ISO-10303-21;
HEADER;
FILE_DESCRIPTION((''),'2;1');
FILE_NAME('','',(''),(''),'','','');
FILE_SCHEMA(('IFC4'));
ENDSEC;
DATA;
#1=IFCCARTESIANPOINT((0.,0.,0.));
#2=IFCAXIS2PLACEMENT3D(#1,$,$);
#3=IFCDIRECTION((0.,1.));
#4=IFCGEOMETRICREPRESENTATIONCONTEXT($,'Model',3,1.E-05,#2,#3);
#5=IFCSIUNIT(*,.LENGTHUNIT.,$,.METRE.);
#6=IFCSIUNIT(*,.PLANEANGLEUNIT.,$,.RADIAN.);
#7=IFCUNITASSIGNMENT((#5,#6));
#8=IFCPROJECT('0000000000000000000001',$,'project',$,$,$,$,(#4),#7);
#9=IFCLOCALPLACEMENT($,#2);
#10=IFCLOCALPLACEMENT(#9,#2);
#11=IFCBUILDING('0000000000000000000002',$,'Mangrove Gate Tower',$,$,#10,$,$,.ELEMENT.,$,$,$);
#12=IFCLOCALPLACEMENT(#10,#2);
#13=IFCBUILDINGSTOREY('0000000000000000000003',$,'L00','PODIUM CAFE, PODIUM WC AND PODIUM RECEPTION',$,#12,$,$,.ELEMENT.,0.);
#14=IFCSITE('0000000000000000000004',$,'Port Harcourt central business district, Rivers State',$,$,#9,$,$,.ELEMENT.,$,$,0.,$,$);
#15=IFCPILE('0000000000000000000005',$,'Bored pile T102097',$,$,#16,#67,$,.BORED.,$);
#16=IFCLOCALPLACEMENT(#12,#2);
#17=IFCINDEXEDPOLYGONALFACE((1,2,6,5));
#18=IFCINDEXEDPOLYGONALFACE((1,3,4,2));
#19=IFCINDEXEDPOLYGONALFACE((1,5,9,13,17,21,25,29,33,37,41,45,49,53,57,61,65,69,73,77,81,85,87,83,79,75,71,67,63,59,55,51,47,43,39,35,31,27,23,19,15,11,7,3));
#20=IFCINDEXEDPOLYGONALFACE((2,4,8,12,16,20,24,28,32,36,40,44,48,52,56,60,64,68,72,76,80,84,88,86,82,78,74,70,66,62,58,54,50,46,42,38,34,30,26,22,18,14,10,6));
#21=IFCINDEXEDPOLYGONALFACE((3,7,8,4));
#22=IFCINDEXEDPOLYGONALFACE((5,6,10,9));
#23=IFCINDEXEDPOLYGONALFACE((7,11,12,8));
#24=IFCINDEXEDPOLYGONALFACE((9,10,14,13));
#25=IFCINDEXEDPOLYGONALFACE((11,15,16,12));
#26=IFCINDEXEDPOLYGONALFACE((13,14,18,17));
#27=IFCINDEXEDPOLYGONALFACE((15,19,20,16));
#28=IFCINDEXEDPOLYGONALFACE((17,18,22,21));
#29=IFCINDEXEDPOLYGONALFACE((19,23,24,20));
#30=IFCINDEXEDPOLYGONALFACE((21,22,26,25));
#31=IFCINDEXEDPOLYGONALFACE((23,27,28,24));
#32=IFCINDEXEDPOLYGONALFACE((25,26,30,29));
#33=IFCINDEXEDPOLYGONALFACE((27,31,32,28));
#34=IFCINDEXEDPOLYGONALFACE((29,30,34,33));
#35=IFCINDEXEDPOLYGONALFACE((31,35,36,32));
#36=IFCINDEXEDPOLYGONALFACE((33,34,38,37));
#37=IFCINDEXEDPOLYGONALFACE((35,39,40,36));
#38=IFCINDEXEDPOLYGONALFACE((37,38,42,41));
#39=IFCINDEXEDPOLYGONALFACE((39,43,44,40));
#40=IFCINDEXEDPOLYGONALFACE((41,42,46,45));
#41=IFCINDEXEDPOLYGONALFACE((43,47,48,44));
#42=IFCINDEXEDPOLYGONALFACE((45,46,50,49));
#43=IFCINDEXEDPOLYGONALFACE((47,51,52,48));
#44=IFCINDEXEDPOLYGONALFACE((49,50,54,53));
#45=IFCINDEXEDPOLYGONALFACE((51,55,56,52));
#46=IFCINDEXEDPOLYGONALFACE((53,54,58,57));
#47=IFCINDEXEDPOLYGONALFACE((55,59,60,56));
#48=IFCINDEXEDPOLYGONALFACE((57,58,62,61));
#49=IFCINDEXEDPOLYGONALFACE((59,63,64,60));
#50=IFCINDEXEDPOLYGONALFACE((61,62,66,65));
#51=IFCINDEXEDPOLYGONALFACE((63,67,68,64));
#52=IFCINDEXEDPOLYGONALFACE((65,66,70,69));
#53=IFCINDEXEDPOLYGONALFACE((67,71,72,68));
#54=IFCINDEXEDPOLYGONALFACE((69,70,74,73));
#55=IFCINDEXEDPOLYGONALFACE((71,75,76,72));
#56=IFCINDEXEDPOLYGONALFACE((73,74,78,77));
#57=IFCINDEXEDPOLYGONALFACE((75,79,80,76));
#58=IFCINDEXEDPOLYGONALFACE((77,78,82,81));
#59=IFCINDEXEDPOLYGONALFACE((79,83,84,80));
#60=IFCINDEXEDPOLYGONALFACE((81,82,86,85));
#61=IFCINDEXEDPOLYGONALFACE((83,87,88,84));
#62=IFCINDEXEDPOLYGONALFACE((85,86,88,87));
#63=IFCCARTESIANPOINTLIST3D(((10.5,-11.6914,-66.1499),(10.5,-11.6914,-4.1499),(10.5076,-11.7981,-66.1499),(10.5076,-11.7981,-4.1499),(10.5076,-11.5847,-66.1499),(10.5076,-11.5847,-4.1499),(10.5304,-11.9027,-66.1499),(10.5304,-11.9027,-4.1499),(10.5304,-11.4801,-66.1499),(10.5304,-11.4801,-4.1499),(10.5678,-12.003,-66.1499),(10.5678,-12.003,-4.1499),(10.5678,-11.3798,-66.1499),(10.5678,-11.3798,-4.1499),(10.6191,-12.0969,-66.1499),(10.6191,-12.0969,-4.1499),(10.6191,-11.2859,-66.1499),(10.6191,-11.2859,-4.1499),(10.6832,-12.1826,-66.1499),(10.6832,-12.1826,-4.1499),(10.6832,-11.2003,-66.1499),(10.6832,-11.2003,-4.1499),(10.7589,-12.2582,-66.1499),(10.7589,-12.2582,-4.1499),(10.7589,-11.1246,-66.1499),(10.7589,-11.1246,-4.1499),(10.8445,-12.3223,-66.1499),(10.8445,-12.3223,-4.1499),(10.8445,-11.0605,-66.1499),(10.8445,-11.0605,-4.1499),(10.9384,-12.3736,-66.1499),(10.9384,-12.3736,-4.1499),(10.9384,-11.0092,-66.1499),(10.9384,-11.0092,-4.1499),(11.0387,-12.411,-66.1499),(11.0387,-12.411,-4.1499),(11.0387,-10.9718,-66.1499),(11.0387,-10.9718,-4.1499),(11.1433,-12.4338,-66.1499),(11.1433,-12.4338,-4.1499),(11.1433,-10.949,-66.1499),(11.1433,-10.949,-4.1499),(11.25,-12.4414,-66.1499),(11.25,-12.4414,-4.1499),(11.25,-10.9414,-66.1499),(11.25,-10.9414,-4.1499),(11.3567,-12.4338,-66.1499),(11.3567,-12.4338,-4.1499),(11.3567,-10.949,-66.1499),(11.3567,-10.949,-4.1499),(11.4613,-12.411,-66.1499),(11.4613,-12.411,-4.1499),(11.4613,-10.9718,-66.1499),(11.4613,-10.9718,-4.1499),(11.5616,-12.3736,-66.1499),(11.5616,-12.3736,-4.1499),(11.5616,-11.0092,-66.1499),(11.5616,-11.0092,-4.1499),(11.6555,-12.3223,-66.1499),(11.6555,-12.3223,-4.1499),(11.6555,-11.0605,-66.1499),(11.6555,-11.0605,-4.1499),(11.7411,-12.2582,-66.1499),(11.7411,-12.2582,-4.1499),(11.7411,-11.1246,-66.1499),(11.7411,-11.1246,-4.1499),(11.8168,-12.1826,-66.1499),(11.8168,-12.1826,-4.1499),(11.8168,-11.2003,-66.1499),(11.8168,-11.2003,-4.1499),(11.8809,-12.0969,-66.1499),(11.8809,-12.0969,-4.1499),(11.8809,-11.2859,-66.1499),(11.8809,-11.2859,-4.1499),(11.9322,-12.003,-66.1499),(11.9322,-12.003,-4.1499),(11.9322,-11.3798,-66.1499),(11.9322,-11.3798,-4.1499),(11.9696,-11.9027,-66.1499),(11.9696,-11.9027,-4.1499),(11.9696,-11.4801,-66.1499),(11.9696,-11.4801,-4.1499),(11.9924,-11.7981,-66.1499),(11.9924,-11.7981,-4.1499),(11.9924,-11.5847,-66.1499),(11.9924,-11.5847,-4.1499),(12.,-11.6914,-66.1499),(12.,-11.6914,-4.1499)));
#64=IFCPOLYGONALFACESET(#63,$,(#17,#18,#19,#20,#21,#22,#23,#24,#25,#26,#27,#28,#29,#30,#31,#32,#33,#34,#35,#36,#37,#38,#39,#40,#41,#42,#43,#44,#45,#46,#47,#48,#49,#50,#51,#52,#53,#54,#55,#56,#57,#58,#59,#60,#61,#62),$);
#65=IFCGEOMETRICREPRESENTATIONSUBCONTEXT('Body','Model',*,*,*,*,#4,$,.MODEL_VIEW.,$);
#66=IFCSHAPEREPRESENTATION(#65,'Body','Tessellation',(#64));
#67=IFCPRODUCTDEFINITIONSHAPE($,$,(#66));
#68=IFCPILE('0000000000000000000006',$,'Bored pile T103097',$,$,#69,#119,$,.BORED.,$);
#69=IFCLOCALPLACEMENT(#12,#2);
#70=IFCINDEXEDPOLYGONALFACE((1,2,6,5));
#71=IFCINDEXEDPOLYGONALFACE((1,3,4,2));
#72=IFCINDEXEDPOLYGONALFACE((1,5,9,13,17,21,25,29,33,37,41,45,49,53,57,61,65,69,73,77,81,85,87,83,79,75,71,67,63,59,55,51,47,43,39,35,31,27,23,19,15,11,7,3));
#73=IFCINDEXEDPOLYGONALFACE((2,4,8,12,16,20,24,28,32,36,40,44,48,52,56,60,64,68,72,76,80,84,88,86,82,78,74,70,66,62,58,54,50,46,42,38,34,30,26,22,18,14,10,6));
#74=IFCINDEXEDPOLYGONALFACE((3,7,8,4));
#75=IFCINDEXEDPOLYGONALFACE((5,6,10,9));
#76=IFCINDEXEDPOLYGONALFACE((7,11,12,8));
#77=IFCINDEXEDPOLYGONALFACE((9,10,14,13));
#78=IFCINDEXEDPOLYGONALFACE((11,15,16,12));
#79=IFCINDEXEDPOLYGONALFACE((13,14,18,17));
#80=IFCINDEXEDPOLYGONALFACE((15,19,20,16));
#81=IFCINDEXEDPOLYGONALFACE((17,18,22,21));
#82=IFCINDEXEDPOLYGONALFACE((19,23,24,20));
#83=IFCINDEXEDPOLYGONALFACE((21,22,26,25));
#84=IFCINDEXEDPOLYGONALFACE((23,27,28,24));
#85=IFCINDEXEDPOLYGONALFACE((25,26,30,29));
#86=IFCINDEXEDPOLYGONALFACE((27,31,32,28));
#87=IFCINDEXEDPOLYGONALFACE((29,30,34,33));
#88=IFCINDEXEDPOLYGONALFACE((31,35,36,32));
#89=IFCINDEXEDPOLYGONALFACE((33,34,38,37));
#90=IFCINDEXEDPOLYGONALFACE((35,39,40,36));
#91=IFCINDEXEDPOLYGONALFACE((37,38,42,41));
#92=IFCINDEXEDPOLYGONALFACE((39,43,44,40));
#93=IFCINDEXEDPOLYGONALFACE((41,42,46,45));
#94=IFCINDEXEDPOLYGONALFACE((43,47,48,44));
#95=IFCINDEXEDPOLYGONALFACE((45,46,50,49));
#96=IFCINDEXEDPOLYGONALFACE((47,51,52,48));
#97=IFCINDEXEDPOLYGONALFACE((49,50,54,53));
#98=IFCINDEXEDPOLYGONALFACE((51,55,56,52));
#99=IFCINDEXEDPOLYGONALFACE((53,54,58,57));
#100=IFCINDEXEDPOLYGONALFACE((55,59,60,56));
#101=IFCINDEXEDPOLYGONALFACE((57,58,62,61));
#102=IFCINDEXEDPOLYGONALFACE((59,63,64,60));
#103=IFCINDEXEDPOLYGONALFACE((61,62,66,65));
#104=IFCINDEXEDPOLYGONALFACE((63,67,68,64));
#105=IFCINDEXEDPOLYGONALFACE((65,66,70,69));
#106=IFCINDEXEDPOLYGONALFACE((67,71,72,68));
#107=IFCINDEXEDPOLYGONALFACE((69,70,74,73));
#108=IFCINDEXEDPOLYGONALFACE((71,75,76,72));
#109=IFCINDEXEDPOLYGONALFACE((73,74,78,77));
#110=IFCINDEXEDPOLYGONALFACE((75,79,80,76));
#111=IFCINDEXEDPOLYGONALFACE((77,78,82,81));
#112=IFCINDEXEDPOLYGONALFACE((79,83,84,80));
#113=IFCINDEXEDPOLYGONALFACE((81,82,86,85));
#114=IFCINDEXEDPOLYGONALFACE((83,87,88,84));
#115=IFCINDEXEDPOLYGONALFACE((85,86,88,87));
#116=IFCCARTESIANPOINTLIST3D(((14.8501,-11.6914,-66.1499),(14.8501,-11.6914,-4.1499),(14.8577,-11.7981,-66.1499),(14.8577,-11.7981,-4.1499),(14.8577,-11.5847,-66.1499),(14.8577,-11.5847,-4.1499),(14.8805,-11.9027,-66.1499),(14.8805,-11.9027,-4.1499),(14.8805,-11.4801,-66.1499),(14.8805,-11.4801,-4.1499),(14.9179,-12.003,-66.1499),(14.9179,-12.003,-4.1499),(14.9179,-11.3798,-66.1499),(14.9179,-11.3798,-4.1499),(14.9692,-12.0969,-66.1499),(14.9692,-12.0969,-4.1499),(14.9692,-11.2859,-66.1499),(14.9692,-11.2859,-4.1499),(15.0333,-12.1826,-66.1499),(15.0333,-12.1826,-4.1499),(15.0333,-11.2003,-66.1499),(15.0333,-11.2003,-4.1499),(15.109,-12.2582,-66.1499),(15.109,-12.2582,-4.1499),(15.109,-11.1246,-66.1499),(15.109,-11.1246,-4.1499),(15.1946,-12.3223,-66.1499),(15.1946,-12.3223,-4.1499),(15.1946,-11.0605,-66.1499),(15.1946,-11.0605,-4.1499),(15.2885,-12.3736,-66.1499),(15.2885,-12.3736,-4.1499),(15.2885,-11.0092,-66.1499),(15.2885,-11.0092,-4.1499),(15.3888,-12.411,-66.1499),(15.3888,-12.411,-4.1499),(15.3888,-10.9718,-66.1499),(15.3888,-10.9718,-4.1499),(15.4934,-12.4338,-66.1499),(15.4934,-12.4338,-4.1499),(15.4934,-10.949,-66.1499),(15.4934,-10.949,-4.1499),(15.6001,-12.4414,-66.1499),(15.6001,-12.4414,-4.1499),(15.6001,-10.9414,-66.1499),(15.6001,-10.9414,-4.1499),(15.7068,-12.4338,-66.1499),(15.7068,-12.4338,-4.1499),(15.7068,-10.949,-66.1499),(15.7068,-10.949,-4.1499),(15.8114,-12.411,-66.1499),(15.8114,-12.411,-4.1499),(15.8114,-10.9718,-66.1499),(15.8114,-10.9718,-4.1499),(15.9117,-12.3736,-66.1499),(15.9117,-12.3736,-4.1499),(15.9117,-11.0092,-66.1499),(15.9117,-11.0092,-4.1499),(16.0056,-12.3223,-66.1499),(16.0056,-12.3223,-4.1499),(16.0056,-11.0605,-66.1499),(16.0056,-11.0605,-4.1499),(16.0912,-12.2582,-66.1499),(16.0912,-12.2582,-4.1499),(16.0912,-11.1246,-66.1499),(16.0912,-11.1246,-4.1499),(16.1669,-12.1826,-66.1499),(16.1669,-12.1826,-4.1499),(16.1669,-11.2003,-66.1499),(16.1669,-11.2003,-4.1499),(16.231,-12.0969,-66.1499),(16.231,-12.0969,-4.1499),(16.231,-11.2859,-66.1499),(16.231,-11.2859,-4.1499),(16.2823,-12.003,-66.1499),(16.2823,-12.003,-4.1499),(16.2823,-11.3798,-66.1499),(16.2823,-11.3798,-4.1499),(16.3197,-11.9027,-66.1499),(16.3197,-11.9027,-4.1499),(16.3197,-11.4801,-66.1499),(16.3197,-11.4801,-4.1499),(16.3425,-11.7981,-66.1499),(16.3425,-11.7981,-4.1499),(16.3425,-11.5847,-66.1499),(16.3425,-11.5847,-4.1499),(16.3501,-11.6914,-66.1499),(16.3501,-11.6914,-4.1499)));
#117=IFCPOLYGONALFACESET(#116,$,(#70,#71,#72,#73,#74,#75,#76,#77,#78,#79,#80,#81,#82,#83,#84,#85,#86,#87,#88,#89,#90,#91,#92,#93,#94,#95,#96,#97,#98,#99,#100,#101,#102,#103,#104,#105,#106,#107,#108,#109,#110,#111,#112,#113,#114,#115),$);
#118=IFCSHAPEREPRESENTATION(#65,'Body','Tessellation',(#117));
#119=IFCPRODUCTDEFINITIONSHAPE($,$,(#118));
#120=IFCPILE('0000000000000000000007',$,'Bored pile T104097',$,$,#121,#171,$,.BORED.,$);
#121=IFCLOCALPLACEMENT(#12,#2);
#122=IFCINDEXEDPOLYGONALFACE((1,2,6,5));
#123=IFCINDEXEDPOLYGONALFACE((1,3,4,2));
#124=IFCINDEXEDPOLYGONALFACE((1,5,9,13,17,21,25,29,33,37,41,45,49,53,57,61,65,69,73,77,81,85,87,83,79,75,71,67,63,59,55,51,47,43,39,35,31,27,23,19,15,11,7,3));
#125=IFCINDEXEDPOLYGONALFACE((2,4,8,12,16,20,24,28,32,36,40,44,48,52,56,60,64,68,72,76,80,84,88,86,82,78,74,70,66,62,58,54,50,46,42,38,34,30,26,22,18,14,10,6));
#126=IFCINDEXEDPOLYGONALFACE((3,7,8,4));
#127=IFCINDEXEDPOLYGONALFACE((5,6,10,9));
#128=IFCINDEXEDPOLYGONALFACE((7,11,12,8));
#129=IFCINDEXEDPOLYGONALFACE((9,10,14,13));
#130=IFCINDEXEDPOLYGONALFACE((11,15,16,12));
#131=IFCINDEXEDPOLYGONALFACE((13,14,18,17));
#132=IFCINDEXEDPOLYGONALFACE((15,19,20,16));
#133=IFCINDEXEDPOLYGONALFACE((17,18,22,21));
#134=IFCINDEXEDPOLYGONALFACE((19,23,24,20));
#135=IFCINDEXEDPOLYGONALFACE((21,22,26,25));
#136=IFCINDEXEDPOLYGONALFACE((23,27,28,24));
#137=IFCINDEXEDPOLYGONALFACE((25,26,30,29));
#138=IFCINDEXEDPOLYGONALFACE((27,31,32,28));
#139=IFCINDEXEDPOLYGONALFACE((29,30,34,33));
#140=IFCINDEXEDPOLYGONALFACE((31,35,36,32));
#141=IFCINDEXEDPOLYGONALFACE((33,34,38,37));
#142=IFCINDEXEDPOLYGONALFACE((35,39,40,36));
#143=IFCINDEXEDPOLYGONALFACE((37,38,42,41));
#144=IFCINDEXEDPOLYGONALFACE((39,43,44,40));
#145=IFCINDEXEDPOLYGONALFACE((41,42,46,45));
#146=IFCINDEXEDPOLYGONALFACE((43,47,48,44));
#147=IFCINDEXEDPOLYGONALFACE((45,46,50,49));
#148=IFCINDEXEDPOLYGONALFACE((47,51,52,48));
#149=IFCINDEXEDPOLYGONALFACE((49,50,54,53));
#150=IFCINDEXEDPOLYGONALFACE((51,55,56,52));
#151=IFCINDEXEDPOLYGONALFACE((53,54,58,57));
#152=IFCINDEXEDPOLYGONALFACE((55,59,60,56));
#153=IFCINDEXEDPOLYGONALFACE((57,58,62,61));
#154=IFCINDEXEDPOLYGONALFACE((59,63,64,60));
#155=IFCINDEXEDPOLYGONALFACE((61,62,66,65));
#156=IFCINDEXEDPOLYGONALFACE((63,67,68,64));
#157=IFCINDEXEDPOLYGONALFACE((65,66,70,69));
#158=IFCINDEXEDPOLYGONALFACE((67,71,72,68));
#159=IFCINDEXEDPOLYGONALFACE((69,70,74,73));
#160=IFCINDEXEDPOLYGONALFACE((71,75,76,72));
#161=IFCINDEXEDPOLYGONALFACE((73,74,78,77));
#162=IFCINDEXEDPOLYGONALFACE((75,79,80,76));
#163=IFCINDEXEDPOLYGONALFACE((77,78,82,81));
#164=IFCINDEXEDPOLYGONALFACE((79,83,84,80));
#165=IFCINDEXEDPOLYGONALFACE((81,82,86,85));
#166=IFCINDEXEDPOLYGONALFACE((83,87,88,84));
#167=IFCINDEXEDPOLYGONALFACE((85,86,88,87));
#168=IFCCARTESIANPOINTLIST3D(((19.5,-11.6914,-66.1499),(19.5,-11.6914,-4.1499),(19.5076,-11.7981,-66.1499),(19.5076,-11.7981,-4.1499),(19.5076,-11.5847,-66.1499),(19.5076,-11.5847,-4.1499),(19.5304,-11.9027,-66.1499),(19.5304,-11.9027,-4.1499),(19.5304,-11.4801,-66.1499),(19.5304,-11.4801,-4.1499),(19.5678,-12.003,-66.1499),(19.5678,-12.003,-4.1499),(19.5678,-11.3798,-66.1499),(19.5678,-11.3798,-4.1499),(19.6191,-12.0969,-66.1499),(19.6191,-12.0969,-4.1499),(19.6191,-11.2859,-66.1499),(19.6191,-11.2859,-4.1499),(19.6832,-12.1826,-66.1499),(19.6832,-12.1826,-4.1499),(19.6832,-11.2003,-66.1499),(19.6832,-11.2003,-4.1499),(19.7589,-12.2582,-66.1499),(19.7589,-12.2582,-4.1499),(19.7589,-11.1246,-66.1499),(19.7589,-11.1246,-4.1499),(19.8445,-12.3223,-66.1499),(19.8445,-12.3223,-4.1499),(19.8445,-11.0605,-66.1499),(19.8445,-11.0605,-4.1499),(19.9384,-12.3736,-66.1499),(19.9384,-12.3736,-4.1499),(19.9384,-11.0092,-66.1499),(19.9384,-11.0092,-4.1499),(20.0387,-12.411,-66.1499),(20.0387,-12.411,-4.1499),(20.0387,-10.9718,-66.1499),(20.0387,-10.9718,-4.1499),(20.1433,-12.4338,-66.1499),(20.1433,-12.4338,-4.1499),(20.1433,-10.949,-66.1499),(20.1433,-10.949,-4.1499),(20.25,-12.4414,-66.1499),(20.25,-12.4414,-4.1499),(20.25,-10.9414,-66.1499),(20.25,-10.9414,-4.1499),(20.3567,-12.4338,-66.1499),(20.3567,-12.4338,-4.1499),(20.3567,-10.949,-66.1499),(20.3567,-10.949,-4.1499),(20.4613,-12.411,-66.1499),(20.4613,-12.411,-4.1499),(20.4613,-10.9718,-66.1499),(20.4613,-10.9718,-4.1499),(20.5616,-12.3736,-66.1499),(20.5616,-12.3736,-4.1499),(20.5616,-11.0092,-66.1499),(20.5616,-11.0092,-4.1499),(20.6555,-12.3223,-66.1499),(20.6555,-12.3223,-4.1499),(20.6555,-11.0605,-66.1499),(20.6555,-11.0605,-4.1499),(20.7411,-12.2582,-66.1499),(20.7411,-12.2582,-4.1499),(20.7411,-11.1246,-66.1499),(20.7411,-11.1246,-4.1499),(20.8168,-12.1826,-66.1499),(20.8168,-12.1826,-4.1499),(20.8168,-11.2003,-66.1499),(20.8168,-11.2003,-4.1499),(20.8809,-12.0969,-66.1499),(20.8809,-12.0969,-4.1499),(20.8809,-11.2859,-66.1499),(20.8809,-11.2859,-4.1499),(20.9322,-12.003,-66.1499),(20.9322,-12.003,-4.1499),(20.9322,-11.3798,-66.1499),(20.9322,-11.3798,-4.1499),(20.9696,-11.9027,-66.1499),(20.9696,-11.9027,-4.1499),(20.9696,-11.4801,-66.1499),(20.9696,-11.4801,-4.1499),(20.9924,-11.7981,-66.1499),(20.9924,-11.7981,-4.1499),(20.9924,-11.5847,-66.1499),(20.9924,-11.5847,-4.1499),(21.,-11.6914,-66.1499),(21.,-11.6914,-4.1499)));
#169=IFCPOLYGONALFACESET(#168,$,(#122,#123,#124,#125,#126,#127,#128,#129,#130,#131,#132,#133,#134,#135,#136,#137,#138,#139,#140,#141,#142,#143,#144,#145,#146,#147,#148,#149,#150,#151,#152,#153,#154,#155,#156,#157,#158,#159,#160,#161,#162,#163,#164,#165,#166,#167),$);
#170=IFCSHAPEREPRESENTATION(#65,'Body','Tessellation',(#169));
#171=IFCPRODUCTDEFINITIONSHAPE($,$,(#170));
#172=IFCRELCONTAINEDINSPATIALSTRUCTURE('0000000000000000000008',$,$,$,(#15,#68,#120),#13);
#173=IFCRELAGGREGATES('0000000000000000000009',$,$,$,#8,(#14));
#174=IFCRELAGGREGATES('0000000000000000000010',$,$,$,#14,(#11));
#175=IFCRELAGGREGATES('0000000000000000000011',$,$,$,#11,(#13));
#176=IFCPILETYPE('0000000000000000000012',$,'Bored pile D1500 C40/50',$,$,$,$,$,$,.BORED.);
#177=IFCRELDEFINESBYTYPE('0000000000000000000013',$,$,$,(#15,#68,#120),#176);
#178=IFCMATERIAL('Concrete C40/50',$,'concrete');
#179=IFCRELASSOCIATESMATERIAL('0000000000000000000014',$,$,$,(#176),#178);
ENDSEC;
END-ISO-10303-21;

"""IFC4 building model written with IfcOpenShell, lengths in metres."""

from ifc_helpers import new_model, si_unit, direction, frame, origin, origin_2d, place, context, subcontext, project, spatial, circle, extrude, material, material_profile, profile_set, type_object, element, save


model = new_model("IFC4")

# Units and contexts
model_context = context("Model", 3, precision=1e-05, world=origin(), true_north=direction((0.0, 1.0)))
body_context = subcontext(model_context, "Body", "Model", "MODEL_VIEW")
ifc_project = project(units=[si_unit("LENGTHUNIT", "METRE"), si_unit("PLANEANGLEUNIT", "RADIAN")], contexts=[model_context])

# Site, building, storey
site_placement = place(None, origin())
site = spatial("IfcSite", under=ifc_project, at=site_placement, Name="Port Harcourt central business district, Rivers State", CompositionType="ELEMENT", RefElevation=0.0)
building_placement = place(site_placement, origin())
building = spatial("IfcBuilding", under=site, at=building_placement, Name="Mangrove Gate Tower", CompositionType="ELEMENT")
storey_placement = place(building_placement, origin())
storey = spatial("IfcBuildingStorey", under=building, at=storey_placement, Name="L00", Description="PODIUM CAFE, PODIUM WC AND PODIUM RECEPTION", CompositionType="ELEMENT", Elevation=0.0)

# Piles
ifc_material_1 = material(Name="Concrete C40/50", Category="concrete")
ifc_material_profile_1 = material_profile(ifc_material_1, circle(Radius=0.75, at=origin_2d()))
ifc_profile_set_1 = profile_set([ifc_material_profile_1], Name="Concrete C40/50")
pile_type = type_object("IfcPileType", Name="Bored pile D1500 C40/50", PredefinedType="BORED", material=ifc_profile_set_1)
for number, where, z_axis, x_axis, name in (
    (1, (11.25, -11.6914, -4.1499), (0.0, 0.0, -1.0), (1.0, 0.0, 0.0), "Bored pile T102097"),
    (2, (15.6001, -11.6914, -4.1499), (0.0, 0.0, -1.0), (1.0, 0.0, 0.0), "Bored pile T103097"),
    (3, (20.25, -11.6914, -4.1499), (0.0, 0.0, -1.0), (1.0, 0.0, 0.0), "Bored pile T104097"),
):
    element("IfcPile", number, at=place(storey_placement, frame(where, z_axis=z_axis, x_axis=x_axis)), inside=storey, type_object=pile_type, Name=name, PredefinedType="BORED", context=body_context, shape_type="SweptSolid", body=[
        extrude(circle(Radius=0.75, at=origin_2d()), origin(), (0.0, 0.0, 1.0), 62.0),
    ])

save(model, "model.ifc")
